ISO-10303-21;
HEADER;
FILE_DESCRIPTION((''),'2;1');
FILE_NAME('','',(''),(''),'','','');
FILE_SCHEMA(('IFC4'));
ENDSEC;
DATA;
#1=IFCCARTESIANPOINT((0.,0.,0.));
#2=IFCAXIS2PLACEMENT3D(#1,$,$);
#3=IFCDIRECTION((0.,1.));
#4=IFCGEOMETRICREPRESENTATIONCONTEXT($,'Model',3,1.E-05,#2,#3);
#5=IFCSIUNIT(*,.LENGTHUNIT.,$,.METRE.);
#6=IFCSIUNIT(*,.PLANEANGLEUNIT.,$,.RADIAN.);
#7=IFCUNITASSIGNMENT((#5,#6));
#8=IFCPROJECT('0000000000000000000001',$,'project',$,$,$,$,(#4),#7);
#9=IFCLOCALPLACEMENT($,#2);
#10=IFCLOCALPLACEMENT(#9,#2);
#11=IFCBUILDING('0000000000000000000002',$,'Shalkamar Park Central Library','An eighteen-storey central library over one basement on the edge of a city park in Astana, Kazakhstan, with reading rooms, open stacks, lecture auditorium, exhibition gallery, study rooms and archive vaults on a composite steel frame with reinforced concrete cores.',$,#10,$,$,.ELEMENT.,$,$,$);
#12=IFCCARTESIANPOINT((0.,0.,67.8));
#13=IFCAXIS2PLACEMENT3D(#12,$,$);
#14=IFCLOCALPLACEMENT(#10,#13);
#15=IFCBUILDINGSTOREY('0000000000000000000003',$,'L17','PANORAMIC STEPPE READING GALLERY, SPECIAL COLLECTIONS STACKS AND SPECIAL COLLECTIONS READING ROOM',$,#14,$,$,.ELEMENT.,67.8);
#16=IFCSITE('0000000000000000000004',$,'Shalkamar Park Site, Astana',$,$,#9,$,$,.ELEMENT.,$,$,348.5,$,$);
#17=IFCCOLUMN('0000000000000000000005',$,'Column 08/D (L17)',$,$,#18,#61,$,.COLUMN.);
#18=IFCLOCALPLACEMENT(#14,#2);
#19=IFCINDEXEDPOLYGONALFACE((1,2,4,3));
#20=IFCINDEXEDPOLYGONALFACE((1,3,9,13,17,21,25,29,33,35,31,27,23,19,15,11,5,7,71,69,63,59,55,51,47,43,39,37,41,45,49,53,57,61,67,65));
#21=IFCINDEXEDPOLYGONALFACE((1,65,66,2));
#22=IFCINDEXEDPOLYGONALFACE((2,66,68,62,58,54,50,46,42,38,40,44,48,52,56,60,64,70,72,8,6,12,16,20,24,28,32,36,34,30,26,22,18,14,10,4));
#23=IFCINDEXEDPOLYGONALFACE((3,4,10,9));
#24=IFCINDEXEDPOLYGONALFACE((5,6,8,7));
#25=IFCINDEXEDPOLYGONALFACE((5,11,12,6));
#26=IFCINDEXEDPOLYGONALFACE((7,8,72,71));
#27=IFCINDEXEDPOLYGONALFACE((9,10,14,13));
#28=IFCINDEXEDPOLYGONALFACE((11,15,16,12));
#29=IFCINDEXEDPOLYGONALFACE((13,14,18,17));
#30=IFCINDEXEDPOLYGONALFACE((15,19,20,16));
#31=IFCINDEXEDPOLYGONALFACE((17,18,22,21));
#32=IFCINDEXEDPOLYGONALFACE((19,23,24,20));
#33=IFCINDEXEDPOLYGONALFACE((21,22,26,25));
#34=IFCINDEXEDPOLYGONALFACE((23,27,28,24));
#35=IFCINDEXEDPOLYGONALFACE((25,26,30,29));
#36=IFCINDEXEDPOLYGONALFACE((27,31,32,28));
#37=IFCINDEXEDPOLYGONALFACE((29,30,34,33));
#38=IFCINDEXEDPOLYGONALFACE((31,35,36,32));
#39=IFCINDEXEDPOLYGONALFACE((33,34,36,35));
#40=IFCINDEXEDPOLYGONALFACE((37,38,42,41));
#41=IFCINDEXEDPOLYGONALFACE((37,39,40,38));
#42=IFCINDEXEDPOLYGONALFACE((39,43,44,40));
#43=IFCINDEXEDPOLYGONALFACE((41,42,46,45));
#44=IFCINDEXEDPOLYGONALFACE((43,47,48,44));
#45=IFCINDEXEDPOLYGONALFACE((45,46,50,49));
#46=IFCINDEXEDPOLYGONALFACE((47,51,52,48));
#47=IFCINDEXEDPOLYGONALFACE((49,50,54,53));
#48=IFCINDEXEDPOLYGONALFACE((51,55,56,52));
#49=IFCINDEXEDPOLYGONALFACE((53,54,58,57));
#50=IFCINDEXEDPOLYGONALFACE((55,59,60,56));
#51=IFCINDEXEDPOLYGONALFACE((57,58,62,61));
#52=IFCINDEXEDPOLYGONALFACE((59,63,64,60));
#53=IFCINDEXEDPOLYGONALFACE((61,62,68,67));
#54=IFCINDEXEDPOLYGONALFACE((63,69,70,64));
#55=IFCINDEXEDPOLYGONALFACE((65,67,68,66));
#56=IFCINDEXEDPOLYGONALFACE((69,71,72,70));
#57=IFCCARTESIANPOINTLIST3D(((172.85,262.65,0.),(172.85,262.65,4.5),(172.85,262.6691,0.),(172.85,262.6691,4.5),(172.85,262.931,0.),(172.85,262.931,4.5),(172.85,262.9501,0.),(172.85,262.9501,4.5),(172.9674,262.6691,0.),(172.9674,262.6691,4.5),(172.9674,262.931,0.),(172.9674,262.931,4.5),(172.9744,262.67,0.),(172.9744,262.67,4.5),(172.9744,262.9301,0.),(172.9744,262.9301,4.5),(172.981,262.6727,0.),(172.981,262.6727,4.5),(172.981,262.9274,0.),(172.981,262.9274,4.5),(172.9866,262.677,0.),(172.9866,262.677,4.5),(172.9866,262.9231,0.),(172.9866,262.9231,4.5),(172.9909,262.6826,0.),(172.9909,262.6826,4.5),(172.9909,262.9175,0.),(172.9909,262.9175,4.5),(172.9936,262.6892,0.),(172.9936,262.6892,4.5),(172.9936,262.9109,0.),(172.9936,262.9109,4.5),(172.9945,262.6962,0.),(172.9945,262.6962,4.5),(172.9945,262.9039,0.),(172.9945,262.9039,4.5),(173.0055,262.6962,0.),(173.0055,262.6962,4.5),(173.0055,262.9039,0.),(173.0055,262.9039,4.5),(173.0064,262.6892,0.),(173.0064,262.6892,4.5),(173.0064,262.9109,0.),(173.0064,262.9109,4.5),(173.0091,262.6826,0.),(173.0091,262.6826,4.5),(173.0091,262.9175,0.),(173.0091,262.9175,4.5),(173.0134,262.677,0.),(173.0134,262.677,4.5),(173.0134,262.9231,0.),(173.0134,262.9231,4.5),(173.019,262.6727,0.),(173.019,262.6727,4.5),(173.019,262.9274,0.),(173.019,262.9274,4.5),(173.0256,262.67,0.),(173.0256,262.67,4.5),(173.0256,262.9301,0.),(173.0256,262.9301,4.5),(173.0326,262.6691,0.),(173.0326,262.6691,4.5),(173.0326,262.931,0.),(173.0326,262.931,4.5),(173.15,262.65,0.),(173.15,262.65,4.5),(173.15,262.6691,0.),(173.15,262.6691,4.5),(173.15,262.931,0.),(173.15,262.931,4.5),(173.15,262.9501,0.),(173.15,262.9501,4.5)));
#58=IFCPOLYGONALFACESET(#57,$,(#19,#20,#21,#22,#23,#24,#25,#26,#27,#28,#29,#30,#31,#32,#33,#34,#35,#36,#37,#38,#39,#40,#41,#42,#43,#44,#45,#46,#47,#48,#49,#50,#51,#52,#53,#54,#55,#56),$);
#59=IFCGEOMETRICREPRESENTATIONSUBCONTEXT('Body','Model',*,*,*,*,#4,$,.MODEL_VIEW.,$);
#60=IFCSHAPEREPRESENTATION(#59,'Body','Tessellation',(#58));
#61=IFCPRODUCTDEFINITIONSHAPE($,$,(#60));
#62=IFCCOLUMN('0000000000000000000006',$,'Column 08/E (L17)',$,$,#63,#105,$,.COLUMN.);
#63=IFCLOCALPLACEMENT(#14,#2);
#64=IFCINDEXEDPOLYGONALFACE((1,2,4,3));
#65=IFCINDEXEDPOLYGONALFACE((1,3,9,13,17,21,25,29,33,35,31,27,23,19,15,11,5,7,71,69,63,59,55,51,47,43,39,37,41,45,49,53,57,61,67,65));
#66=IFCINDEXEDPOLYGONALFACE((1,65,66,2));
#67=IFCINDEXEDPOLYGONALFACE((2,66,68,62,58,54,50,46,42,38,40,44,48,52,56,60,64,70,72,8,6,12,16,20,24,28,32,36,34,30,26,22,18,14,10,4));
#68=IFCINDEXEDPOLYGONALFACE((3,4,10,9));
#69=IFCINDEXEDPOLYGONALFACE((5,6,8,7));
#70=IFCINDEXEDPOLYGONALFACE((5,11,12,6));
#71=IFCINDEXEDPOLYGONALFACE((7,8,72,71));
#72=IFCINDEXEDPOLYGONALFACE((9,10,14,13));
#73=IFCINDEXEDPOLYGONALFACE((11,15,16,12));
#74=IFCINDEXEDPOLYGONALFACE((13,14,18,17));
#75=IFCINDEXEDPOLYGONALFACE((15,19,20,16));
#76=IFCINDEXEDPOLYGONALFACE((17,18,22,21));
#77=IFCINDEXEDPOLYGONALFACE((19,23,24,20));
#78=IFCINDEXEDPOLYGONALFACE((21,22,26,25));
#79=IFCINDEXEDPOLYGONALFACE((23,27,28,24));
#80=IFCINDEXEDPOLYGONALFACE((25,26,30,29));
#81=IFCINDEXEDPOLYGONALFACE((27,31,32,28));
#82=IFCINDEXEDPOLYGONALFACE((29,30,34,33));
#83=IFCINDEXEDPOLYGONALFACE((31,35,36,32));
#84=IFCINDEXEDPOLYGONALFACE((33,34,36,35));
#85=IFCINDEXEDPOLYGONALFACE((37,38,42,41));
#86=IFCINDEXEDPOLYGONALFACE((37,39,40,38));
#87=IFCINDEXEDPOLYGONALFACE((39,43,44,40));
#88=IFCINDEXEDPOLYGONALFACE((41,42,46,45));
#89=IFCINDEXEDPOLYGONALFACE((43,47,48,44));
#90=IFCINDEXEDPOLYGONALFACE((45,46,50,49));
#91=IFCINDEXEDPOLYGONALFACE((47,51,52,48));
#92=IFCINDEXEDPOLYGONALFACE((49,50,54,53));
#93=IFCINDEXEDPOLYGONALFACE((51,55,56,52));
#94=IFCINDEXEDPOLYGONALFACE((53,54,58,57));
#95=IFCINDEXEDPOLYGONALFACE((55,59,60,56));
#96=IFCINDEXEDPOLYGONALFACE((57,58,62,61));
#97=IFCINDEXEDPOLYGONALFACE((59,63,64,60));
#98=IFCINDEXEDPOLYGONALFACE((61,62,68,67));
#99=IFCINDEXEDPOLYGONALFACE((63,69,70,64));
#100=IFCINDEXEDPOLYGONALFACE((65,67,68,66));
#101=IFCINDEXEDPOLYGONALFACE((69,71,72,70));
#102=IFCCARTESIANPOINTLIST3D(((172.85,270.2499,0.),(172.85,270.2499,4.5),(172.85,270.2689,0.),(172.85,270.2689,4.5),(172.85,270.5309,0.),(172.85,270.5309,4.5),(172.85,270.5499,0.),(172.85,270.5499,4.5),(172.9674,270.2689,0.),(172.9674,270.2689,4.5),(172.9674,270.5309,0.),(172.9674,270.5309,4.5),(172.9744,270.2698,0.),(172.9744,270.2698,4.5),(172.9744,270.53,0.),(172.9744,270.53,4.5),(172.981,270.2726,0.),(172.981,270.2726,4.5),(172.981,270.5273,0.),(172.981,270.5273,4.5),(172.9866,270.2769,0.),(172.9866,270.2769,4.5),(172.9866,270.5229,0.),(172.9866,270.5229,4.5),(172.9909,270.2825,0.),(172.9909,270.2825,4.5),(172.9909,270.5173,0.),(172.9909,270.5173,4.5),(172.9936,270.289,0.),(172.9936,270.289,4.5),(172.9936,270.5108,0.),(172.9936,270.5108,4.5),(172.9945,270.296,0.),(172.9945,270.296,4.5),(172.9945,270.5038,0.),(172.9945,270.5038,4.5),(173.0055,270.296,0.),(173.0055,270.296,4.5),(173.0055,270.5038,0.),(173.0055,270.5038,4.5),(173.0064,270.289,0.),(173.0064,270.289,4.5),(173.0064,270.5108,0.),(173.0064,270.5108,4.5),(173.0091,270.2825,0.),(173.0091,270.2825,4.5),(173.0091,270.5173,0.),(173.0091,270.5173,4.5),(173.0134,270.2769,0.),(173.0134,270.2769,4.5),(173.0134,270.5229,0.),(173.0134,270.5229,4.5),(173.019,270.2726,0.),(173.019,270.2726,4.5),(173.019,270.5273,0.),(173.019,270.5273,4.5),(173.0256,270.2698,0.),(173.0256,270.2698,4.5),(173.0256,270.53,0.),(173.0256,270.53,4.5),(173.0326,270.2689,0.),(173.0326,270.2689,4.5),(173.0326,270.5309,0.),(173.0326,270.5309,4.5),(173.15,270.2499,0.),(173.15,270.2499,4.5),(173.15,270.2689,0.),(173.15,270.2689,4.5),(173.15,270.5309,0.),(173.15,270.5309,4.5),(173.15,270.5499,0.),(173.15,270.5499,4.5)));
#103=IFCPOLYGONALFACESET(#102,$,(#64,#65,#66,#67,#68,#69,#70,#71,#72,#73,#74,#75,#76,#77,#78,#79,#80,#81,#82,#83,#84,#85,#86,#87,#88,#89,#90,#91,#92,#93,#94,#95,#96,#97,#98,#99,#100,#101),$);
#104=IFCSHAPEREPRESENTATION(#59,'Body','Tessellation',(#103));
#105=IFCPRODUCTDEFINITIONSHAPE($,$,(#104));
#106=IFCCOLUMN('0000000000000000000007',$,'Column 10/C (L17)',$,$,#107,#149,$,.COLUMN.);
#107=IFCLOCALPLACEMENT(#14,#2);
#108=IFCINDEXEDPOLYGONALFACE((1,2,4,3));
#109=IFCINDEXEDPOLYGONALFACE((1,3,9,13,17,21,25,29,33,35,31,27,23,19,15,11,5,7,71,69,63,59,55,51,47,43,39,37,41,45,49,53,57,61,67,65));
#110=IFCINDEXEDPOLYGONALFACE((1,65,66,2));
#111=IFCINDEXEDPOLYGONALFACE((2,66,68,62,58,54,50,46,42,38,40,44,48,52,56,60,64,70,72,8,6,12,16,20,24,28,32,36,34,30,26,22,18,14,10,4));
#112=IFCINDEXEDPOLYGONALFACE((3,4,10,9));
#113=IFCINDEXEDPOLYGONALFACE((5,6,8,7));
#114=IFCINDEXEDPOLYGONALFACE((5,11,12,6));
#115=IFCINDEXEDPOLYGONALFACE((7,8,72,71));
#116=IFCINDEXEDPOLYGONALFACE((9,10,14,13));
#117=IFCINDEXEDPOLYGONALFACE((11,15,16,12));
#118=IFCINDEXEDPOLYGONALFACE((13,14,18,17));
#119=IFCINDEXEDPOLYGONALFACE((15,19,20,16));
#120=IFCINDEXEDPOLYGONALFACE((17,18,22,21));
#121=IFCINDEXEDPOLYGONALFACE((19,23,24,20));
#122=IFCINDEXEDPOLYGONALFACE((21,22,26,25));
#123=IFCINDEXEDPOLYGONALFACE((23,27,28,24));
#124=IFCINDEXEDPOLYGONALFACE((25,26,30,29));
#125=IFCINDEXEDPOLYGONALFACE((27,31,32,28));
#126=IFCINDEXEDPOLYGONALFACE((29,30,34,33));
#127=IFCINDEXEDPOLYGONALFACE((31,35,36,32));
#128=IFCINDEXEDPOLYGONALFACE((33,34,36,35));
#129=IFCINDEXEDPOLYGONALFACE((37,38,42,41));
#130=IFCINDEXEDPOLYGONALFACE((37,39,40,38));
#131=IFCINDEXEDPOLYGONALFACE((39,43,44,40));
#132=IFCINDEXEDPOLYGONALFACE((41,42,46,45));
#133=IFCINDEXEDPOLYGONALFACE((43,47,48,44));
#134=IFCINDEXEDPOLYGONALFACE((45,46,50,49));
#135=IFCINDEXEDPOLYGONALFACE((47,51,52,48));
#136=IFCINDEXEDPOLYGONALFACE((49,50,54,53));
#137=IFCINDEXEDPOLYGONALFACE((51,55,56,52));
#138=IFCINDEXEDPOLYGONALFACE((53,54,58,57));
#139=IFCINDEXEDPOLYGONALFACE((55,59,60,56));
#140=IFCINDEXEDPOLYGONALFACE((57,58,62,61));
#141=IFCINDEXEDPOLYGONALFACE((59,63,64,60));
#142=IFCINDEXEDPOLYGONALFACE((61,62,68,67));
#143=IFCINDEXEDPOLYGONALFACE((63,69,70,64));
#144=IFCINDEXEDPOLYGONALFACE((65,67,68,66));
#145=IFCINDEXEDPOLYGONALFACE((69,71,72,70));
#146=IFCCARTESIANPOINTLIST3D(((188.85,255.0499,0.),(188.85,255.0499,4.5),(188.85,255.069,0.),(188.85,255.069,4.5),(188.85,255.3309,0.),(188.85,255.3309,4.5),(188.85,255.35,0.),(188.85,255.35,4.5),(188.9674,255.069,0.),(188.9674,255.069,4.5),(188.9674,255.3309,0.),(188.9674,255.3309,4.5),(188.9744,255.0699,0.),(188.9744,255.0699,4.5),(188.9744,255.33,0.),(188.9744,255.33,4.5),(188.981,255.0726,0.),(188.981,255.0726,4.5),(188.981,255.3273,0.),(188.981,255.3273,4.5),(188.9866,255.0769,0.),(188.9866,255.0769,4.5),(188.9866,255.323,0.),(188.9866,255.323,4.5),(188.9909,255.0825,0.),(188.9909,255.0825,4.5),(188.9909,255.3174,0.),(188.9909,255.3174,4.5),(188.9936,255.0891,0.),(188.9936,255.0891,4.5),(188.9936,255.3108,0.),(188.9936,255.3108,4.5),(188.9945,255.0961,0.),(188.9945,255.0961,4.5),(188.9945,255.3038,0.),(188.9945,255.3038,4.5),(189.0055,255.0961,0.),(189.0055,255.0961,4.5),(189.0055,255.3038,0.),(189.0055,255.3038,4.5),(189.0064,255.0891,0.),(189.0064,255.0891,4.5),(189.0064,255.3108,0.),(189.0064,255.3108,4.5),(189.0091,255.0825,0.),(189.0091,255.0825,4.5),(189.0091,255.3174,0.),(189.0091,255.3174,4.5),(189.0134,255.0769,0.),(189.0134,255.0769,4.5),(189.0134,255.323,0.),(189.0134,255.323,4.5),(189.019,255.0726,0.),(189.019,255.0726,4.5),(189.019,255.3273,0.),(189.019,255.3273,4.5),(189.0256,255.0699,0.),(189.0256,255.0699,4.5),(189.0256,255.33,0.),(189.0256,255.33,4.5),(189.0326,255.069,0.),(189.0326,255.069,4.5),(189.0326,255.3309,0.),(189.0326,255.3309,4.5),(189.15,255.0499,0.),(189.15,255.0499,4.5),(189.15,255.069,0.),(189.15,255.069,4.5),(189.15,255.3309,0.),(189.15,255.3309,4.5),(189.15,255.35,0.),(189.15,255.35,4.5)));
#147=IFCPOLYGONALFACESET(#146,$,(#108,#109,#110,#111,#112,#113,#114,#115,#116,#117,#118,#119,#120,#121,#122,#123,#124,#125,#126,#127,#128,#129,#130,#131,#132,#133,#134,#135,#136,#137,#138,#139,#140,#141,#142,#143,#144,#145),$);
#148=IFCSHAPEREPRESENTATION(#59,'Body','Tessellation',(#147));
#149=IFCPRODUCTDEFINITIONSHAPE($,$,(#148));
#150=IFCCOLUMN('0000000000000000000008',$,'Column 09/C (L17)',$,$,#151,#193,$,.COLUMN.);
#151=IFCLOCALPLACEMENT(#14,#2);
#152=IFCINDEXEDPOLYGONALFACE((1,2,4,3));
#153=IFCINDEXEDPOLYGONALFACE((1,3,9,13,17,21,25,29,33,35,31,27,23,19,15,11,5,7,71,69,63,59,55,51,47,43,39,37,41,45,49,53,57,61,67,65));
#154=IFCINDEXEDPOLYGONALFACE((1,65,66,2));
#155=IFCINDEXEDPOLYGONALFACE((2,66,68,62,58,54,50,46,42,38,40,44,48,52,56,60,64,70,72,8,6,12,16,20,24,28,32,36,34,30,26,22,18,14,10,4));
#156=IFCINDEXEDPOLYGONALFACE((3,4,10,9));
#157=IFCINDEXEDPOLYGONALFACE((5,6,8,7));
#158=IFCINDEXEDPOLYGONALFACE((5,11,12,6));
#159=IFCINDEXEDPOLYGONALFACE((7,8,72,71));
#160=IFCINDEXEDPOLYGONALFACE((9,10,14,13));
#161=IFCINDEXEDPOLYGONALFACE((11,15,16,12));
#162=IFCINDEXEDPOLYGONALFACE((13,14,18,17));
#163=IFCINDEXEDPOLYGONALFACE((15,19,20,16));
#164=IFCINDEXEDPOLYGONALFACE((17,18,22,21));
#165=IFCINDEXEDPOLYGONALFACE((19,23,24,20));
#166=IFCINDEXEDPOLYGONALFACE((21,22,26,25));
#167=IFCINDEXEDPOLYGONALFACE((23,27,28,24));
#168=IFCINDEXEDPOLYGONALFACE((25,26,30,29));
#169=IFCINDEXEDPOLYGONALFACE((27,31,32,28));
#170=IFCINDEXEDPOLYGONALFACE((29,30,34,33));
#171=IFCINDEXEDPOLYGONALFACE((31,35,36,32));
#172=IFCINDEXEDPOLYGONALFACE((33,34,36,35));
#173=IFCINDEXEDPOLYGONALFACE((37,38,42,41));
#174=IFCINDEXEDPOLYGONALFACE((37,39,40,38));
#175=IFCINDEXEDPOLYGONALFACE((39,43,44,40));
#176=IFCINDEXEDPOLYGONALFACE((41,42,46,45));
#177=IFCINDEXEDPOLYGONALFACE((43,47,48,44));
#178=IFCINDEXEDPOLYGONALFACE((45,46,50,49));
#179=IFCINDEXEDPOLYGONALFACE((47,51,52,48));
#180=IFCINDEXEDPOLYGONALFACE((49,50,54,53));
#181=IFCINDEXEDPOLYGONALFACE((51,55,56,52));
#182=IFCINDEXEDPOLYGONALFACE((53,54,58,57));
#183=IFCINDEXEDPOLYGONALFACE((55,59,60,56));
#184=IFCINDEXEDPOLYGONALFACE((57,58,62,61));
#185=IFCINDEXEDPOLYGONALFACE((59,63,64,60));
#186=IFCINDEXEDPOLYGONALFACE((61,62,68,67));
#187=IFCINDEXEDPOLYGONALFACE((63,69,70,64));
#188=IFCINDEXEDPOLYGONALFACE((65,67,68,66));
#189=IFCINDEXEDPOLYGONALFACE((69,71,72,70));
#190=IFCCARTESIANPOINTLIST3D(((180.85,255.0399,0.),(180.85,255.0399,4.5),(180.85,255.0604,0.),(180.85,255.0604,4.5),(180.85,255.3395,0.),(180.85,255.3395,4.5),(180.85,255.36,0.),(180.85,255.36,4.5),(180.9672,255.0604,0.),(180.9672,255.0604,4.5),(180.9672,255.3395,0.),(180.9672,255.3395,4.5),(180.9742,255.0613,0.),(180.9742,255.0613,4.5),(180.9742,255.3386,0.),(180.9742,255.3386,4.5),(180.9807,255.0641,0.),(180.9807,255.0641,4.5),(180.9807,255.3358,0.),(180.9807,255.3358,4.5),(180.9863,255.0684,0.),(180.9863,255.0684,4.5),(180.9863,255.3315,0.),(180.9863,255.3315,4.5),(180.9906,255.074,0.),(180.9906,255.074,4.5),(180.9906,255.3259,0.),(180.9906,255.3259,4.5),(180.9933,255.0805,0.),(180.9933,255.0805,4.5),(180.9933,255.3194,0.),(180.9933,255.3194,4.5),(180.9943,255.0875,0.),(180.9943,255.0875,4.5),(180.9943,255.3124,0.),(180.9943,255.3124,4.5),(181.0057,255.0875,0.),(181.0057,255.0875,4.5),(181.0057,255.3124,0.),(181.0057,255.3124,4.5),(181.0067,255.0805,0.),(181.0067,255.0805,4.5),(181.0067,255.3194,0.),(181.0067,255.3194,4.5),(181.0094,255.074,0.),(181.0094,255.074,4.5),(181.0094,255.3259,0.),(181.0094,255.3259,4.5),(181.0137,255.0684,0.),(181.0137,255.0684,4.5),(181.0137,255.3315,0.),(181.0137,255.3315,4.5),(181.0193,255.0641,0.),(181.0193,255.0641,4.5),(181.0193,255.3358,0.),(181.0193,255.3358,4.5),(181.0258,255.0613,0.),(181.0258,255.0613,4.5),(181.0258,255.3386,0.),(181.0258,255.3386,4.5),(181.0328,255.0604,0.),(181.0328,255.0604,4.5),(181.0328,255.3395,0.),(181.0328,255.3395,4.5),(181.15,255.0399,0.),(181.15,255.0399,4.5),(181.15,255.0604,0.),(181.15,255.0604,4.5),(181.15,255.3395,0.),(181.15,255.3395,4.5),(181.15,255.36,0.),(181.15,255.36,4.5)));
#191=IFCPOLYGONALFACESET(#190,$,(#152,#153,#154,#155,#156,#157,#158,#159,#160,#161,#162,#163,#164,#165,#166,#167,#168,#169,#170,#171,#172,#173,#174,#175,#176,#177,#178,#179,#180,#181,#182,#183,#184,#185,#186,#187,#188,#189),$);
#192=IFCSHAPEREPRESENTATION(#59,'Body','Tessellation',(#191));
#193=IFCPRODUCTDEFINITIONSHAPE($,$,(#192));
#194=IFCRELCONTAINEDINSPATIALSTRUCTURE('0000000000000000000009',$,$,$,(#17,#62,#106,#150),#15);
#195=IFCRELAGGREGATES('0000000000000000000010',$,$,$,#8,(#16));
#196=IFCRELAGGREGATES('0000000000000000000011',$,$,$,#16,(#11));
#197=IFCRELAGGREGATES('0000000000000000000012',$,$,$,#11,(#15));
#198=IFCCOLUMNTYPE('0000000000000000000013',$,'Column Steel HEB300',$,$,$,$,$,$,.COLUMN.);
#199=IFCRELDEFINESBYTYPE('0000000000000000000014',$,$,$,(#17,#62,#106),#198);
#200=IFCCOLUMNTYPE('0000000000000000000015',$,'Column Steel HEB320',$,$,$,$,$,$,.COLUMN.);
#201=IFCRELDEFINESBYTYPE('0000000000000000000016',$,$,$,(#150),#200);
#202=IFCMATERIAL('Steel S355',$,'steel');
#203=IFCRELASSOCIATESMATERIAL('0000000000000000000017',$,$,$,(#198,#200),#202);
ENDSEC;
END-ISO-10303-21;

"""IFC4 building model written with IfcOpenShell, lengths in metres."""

from ifc_helpers import new_model, si_unit, direction, frame, origin, origin_2d, place, context, subcontext, project, spatial, i_section, extrude, material, material_profile, profile_set, type_object, element, save


model = new_model("IFC4")

# Units and contexts
model_context = context("Model", 3, precision=1e-05, world=origin(), true_north=direction((0.0, 1.0)))
body_context = subcontext(model_context, "Body", "Model", "MODEL_VIEW")
ifc_project = project(units=[si_unit("LENGTHUNIT", "METRE"), si_unit("PLANEANGLEUNIT", "RADIAN")], contexts=[model_context])

# Site, building, storey
site_placement = place(None, origin())
site = spatial("IfcSite", under=ifc_project, at=site_placement, Name="Shalkamar Park Site, Astana", CompositionType="ELEMENT", RefElevation=348.5)
building_placement = place(site_placement, origin())
building = spatial("IfcBuilding", under=site, at=building_placement, Name="Shalkamar Park Central Library", Description="An eighteen-storey central library over one basement on the edge of a city park in Astana, Kazakhstan, with reading rooms, open stacks, lecture auditorium, exhibition gallery, study rooms and archive vaults on a composite steel frame with reinforced concrete cores.", CompositionType="ELEMENT")
storey_placement = place(building_placement, frame((0.0, 0.0, 67.8)))
storey = spatial("IfcBuildingStorey", under=building, at=storey_placement, Name="L17", Description="PANORAMIC STEPPE READING GALLERY, SPECIAL COLLECTIONS STACKS AND SPECIAL COLLECTIONS READING ROOM", CompositionType="ELEMENT", Elevation=67.8)

# Columns
ifc_material_1 = material(Name="Steel S355", Category="steel")
ifc_material_profile_1 = material_profile(ifc_material_1, i_section(OverallWidth=0.3, OverallDepth=0.3, WebThickness=0.011, FlangeThickness=0.019, FilletRadius=0.0271, at=origin_2d()), Name="HEB 300")
ifc_profile_set_1 = profile_set([ifc_material_profile_1], Name="Steel S355")
column_type_1 = type_object("IfcColumnType", Name="Column Steel HEB300", PredefinedType="COLUMN", material=ifc_profile_set_1)
for number, where, z_axis, x_axis, name in (
    (1, (173.0, 262.8, 0.0), (0.0, 0.0, 1.0), (1.0, 0.0, 0.0), "Column 08/D (L17)"),
    (2, (173.0, 270.3999, 0.0), (0.0, 0.0, 1.0), (1.0, 0.0, 0.0), "Column 08/E (L17)"),
    (3, (189.0, 255.2, 0.0), (0.0, 0.0, 1.0), (1.0, 0.0, 0.0), "Column 10/C (L17)"),
):
    element("IfcColumn", number, at=place(storey_placement, frame(where, z_axis=z_axis, x_axis=x_axis)), inside=storey, type_object=column_type_1, Name=name, PredefinedType="COLUMN", context=body_context, shape_type="SweptSolid", body=[
        extrude(i_section(OverallWidth=0.3, OverallDepth=0.3, WebThickness=0.011, FlangeThickness=0.019, FilletRadius=0.0271, at=origin_2d()), origin(), (0.0, 0.0, 1.0), 4.5),
    ])
ifc_material_profile_2 = material_profile(ifc_material_1, i_section(OverallWidth=0.3, OverallDepth=0.3201, WebThickness=0.0115, FlangeThickness=0.0205, FilletRadius=0.0271, at=origin_2d()), Name="HEB 320")
ifc_profile_set_2 = profile_set([ifc_material_profile_2], Name="Steel S355")
column_type_2 = type_object("IfcColumnType", Name="Column Steel HEB320", PredefinedType="COLUMN", material=ifc_profile_set_2)
for number, where, z_axis, x_axis, name in (
    (4, (181.0, 255.2, 0.0), (0.0, 0.0, 1.0), (1.0, 0.0, 0.0), "Column 09/C (L17)"),
):
    element("IfcColumn", number, at=place(storey_placement, frame(where, z_axis=z_axis, x_axis=x_axis)), inside=storey, type_object=column_type_2, Name=name, PredefinedType="COLUMN", context=body_context, shape_type="SweptSolid", body=[
        extrude(i_section(OverallWidth=0.3, OverallDepth=0.3201, WebThickness=0.0115, FlangeThickness=0.0205, FilletRadius=0.0271, at=origin_2d()), origin(), (0.0, 0.0, 1.0), 4.5),
    ])

save(model, "model.ifc")
